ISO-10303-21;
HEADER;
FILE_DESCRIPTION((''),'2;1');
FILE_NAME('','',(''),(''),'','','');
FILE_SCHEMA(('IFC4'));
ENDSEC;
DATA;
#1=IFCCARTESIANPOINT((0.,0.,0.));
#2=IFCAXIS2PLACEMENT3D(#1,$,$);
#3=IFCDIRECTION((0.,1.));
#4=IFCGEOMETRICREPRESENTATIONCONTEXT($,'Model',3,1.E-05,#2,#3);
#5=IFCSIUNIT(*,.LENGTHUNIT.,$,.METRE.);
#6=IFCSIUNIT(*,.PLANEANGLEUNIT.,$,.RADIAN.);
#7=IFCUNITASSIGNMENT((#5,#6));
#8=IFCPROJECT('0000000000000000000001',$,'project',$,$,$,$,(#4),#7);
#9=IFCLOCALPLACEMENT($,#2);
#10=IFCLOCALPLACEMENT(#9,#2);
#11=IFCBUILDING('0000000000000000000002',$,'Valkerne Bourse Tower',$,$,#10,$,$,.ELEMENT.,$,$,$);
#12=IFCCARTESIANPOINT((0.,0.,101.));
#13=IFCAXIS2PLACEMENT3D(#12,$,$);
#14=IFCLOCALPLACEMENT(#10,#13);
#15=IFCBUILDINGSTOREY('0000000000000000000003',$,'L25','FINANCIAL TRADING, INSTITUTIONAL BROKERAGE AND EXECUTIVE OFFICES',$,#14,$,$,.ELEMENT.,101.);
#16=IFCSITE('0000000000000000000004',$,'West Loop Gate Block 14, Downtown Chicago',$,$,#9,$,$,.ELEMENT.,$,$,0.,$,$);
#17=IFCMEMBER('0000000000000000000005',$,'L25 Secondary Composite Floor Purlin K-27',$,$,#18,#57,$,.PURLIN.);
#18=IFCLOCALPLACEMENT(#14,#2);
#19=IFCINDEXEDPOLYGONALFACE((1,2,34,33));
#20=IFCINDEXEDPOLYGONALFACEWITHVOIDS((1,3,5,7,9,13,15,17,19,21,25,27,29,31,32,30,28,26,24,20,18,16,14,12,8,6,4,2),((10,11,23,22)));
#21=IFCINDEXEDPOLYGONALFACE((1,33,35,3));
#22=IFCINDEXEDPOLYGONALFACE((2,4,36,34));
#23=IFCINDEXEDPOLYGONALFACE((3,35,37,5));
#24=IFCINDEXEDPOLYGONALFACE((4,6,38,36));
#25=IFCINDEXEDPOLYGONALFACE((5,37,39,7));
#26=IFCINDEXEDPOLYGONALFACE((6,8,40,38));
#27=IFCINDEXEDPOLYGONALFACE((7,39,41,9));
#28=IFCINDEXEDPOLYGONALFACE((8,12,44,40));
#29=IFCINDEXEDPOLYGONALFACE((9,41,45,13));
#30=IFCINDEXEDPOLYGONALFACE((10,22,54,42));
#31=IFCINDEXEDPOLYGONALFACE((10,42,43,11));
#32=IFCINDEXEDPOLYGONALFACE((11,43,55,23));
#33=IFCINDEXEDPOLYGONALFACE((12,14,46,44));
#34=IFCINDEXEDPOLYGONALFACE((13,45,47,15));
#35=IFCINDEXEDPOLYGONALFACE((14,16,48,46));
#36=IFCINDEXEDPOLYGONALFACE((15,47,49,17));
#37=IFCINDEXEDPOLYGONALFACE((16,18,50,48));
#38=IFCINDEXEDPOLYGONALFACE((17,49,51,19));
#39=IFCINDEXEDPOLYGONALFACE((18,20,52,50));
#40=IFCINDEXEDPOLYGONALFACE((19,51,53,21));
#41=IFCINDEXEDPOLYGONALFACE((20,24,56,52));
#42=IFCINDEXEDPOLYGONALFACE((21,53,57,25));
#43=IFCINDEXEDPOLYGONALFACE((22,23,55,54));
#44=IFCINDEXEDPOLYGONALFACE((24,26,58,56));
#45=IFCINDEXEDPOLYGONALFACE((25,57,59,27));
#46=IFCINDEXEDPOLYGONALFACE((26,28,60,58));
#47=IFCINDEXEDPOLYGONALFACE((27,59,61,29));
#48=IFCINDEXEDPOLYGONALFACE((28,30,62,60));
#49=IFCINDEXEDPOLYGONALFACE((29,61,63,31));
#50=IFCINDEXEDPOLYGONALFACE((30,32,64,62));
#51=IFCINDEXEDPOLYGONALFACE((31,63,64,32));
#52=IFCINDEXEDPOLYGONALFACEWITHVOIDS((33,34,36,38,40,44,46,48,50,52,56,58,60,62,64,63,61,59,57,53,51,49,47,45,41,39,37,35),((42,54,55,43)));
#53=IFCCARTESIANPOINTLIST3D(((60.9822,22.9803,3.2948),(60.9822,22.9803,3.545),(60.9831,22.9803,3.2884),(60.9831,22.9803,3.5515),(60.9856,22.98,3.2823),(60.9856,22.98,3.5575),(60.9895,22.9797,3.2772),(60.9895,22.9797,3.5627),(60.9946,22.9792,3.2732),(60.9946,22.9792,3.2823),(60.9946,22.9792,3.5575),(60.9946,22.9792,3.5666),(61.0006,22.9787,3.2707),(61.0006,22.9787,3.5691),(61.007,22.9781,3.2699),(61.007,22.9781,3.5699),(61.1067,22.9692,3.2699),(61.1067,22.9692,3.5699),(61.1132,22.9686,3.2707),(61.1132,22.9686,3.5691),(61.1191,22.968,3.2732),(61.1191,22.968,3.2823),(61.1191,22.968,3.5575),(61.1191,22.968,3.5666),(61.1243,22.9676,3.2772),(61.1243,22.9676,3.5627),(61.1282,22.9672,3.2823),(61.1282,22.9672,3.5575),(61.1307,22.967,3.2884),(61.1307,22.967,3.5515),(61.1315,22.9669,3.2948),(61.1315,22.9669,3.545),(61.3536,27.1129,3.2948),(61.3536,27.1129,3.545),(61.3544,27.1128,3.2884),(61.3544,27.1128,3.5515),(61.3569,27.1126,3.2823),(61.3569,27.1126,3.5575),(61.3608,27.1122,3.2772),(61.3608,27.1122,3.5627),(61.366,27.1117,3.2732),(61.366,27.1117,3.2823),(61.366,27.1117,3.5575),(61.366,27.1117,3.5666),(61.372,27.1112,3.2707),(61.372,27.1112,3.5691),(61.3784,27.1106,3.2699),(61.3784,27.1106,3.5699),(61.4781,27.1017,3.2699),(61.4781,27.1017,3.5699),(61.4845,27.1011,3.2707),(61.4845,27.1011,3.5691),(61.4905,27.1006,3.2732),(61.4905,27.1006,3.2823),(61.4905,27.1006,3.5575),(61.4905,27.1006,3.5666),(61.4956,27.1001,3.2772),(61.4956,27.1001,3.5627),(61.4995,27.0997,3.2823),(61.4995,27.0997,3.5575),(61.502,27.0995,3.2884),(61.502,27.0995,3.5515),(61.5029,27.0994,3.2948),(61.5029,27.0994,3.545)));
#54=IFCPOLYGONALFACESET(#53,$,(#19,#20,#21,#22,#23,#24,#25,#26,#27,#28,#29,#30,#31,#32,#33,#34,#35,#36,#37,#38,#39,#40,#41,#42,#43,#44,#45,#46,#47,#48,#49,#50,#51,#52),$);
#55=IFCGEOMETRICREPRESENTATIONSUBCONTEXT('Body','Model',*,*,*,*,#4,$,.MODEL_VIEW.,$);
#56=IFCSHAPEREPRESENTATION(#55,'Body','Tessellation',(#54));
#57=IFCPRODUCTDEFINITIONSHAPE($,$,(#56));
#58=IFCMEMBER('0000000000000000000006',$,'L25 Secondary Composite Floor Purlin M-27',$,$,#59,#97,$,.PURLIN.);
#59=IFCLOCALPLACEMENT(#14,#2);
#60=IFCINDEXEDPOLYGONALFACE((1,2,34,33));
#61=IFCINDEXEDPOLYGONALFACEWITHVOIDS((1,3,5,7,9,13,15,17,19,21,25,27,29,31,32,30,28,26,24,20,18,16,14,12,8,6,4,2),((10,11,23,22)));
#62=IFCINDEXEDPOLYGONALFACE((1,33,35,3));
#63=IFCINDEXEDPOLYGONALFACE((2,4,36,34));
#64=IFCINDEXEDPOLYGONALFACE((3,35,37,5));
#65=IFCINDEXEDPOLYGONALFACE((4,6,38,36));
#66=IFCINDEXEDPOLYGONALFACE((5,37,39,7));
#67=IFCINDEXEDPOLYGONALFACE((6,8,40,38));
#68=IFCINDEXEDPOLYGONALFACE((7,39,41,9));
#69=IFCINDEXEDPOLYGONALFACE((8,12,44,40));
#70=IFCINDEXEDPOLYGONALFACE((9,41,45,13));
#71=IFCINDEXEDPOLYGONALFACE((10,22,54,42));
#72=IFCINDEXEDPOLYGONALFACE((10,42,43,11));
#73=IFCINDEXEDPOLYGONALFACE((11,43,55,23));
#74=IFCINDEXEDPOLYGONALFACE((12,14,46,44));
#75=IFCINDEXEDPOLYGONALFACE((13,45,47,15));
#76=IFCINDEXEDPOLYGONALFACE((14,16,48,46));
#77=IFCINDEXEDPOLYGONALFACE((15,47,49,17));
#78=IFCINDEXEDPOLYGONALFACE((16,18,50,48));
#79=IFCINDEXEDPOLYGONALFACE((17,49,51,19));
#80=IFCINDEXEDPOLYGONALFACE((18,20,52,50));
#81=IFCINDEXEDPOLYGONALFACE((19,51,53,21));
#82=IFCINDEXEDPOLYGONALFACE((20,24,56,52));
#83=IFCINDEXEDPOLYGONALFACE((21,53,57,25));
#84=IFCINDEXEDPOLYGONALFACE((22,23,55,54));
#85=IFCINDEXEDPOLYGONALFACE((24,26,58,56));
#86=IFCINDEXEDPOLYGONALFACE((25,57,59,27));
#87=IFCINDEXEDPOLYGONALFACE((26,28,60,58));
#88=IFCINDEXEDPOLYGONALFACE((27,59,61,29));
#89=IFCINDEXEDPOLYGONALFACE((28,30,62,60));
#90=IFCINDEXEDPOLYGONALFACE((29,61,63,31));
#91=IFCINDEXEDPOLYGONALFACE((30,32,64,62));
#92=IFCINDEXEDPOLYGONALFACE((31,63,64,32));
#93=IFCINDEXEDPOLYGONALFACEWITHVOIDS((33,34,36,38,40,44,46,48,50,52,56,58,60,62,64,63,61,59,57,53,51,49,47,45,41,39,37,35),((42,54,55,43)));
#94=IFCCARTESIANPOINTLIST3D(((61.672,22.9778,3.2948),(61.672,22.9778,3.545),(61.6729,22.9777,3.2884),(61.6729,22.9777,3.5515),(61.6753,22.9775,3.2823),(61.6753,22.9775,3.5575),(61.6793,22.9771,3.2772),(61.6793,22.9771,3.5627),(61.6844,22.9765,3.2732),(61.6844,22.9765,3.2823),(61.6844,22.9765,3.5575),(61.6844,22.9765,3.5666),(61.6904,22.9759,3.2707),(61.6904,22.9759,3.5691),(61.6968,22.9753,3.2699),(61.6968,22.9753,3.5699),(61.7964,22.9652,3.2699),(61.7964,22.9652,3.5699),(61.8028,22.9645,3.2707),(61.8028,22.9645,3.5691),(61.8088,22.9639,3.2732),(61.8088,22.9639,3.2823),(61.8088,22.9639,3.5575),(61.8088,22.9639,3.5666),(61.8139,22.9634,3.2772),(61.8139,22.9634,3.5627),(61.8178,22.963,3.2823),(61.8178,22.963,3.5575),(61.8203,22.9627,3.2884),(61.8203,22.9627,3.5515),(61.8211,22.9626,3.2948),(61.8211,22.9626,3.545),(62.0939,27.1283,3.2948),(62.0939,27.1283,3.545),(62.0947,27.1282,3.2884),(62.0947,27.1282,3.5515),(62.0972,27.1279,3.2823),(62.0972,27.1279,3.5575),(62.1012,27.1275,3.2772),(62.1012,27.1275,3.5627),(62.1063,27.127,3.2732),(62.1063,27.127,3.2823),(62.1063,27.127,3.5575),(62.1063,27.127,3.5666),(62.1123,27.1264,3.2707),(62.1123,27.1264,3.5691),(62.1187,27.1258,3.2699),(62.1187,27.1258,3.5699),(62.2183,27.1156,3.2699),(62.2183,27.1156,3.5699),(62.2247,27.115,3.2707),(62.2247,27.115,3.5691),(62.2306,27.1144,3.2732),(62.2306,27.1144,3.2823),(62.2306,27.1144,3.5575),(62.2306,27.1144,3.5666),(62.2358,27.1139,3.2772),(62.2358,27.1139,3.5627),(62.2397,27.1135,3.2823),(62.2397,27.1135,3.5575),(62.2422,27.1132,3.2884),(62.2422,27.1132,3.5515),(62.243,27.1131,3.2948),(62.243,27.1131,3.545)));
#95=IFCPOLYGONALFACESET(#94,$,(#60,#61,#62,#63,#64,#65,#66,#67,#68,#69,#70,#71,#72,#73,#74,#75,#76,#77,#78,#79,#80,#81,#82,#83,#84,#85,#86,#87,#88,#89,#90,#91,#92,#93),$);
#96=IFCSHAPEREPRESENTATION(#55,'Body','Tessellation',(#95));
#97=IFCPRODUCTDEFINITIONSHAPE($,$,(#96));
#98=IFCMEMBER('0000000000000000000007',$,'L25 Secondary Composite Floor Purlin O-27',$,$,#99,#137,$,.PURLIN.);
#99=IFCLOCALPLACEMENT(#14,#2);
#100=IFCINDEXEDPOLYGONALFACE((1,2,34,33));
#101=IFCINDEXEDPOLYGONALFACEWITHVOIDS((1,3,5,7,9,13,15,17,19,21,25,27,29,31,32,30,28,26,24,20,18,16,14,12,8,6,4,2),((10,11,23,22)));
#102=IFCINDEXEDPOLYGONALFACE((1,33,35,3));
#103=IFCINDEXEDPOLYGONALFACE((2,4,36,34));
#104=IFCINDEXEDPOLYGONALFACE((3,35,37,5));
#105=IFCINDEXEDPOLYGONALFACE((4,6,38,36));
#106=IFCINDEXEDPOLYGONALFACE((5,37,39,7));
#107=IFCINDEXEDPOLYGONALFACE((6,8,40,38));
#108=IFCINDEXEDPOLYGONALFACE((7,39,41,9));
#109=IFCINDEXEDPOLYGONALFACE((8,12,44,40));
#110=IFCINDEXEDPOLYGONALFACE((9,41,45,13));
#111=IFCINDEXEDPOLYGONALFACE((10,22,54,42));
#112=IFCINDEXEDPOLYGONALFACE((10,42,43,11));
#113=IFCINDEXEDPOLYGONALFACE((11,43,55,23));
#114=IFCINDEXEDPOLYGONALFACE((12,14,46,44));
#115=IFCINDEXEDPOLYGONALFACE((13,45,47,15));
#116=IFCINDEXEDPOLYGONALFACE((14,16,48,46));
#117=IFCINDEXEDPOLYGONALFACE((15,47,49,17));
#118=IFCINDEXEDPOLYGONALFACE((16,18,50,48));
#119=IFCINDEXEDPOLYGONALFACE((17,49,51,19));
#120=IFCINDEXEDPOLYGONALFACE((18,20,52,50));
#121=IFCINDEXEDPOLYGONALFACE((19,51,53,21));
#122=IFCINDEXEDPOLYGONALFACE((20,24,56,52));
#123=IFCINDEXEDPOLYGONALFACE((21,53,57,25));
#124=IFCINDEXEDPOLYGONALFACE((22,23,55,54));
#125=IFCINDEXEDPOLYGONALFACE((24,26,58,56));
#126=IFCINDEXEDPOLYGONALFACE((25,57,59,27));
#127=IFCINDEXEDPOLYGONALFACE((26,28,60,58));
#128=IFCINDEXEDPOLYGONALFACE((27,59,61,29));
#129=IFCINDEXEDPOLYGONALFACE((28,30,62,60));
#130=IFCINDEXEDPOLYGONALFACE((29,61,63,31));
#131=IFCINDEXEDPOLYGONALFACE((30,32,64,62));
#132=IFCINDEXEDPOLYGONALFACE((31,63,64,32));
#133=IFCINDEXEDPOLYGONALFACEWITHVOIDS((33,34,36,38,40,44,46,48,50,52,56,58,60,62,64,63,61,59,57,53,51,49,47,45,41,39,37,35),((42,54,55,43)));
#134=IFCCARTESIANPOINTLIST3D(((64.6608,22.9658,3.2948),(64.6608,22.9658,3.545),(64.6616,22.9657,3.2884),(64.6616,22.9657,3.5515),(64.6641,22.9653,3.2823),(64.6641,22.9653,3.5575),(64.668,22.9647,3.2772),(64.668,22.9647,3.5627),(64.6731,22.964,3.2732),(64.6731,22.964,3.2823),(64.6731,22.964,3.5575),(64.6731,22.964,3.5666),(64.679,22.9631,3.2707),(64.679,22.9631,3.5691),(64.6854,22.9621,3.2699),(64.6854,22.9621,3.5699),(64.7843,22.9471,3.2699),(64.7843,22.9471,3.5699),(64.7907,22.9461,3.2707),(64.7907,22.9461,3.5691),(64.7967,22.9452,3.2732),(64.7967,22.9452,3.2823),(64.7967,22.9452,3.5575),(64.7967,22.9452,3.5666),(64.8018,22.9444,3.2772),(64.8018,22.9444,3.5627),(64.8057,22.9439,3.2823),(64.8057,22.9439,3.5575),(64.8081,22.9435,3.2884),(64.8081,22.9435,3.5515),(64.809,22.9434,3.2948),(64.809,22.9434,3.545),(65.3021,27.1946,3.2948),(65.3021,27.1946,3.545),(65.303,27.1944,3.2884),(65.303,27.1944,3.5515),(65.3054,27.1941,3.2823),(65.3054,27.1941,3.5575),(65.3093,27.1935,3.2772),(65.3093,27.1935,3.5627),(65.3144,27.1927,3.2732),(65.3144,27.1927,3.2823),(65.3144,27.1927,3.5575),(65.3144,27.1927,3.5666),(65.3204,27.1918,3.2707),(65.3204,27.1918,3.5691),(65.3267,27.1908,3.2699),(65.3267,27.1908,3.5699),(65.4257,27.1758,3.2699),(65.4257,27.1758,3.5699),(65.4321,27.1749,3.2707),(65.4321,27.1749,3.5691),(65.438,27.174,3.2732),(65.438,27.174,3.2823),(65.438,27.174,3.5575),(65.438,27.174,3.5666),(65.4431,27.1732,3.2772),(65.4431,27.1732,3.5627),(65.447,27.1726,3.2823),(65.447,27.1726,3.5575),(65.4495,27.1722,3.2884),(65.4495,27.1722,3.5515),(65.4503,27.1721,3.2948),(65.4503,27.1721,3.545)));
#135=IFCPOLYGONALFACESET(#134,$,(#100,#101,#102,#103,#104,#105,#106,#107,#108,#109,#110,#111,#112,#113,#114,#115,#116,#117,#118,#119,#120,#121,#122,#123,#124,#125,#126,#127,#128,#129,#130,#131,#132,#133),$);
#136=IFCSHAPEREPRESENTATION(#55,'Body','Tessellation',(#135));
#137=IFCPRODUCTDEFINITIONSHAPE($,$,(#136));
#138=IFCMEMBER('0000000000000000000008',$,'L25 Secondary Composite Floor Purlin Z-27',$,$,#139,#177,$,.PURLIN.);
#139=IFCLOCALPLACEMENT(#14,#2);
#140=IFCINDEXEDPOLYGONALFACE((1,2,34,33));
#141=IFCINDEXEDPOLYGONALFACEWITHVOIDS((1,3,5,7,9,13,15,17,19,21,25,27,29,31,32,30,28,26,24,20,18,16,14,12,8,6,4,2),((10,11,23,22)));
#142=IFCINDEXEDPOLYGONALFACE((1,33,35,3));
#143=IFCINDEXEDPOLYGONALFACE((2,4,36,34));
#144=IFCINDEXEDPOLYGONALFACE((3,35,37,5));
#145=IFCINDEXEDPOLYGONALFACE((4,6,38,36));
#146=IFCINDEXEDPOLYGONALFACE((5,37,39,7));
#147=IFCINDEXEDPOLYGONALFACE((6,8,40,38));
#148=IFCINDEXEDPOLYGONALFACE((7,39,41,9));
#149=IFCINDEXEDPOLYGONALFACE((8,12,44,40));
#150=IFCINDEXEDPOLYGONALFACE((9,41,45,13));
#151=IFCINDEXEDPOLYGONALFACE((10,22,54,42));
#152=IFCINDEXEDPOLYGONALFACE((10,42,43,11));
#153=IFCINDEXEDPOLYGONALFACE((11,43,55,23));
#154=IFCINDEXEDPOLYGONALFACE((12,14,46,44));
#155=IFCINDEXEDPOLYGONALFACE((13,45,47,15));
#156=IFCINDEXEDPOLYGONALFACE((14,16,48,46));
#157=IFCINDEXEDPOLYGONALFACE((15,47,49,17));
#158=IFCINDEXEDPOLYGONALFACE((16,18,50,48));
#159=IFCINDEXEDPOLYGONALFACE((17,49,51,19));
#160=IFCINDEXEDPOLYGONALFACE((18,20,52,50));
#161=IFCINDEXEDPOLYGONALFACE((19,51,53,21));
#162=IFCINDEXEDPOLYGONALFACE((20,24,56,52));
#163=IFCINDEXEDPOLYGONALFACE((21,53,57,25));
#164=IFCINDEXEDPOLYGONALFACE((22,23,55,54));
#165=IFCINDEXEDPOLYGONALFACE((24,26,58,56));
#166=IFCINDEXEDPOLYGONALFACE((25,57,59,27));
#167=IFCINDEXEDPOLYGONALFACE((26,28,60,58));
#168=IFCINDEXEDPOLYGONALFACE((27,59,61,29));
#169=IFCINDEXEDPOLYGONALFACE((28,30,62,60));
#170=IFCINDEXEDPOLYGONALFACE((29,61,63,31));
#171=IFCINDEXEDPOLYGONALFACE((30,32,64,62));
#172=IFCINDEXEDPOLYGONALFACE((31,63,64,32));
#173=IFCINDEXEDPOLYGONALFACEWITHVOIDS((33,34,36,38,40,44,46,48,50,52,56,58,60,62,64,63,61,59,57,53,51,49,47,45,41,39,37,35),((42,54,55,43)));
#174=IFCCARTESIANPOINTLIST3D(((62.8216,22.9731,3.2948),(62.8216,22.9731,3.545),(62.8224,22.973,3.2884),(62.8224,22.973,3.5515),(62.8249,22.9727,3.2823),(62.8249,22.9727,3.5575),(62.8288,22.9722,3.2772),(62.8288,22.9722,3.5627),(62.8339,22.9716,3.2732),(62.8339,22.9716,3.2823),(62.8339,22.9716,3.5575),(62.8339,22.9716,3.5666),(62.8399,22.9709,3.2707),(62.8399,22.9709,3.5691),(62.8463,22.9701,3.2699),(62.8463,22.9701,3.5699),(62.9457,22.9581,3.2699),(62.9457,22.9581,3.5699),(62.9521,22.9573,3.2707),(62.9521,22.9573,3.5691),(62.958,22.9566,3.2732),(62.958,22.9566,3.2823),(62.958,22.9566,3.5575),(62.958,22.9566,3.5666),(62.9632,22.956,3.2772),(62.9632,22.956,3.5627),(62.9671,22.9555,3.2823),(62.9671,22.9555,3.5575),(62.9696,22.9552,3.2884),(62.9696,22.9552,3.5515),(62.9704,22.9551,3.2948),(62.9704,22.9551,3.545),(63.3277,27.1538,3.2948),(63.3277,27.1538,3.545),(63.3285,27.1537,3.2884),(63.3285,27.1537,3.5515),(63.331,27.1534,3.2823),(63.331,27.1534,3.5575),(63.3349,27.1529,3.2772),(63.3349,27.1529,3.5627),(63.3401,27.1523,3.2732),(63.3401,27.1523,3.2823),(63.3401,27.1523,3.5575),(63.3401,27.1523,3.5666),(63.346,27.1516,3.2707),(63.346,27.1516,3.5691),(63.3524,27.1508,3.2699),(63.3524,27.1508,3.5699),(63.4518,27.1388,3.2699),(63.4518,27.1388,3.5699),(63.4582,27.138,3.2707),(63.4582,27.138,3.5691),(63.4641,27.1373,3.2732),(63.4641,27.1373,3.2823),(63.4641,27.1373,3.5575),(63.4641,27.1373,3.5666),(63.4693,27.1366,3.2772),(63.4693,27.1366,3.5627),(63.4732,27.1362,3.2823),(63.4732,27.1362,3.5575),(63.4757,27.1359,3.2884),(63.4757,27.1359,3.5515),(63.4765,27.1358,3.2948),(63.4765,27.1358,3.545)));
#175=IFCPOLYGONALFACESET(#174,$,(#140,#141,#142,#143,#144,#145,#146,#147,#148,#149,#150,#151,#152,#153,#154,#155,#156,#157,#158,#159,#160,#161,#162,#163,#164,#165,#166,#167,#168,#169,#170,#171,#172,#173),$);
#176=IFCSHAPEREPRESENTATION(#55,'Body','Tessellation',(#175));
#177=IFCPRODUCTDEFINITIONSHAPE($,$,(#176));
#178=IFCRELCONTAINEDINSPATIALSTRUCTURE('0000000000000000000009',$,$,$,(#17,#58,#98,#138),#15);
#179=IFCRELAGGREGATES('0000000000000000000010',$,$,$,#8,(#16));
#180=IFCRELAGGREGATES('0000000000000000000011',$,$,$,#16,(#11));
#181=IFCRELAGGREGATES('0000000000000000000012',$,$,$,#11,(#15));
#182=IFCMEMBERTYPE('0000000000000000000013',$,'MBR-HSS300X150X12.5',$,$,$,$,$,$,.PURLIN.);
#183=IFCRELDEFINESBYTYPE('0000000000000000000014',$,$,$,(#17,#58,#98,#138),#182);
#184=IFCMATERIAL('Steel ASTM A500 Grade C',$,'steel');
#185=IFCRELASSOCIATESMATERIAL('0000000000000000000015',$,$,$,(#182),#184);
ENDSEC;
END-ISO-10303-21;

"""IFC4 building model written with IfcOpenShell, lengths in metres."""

from ifc_helpers import new_model, si_unit, direction, frame, origin, origin_2d, place, context, subcontext, project, spatial, hollow_rectangle, extrude, material, material_profile, profile_set, type_object, element, save


model = new_model("IFC4")

# Units and contexts
model_context = context("Model", 3, precision=1e-05, world=origin(), true_north=direction((0.0, 1.0)))
body_context = subcontext(model_context, "Body", "Model", "MODEL_VIEW")
ifc_project = project(units=[si_unit("LENGTHUNIT", "METRE"), si_unit("PLANEANGLEUNIT", "RADIAN")], contexts=[model_context])

# Site, building, storey
site_placement = place(None, origin())
site = spatial("IfcSite", under=ifc_project, at=site_placement, Name="West Loop Gate Block 14, Downtown Chicago", CompositionType="ELEMENT", RefElevation=0.0)
building_placement = place(site_placement, origin())
building = spatial("IfcBuilding", under=site, at=building_placement, Name="Valkerne Bourse Tower", CompositionType="ELEMENT")
storey_placement = place(building_placement, frame((0.0, 0.0, 101.0)))
storey = spatial("IfcBuildingStorey", under=building, at=storey_placement, Name="L25", Description="FINANCIAL TRADING, INSTITUTIONAL BROKERAGE AND EXECUTIVE OFFICES", CompositionType="ELEMENT", Elevation=101.0)

# Members
ifc_material_1 = material(Name="Steel ASTM A500 Grade C", Category="steel")
ifc_material_profile_1 = material_profile(ifc_material_1, hollow_rectangle(XDim=0.1499, YDim=0.3, WallThickness=0.0125, OuterFilletRadius=0.0249, at=origin_2d()), Name="HSS300X150X12.5")
ifc_profile_set_1 = profile_set([ifc_material_profile_1], Name="Steel ASTM A500 Grade C")
member_type_1 = type_object("IfcMemberType", Name="MBR-HSS300X150X12.5", PredefinedType="PURLIN", material=ifc_profile_set_1)
member_1_placement = place(storey_placement, frame((61.0569, 22.9736, 3.4199), z_axis=(0.089496, 0.995987, 0.0), x_axis=(-0.995987, 0.089496, 0.0)))
element("IfcMember", 1, at=member_1_placement, inside=storey, type_object=member_type_1, Name="L25 Secondary Composite Floor Purlin K-27", PredefinedType="PURLIN", context=body_context, shape_type="SweptSolid", body=[
    extrude(hollow_rectangle(XDim=0.1499, YDim=0.3, WallThickness=0.0125, OuterFilletRadius=0.0249, at=origin_2d()), origin(), (0.0, 0.0, 1.0), 4.1492),
])
member_2_placement = place(storey_placement, frame((61.7466, 22.9702, 3.4199), z_axis=(0.101126, 0.994874, 0.0), x_axis=(-0.994874, 0.101126, 0.0)))
element("IfcMember", 2, at=member_2_placement, inside=storey, type_object=member_type_1, Name="L25 Secondary Composite Floor Purlin M-27", PredefinedType="PURLIN", context=body_context, shape_type="SweptSolid", body=[
    extrude(hollow_rectangle(XDim=0.1499, YDim=0.3, WallThickness=0.0125, OuterFilletRadius=0.0249, at=origin_2d()), origin(), (0.0, 0.0, 1.0), 4.1719),
])
member_3_placement = place(storey_placement, frame((64.7349, 22.9546, 3.4199), z_axis=(0.149951, 0.988693, 0.0), x_axis=(-0.988693, 0.149951, 0.0)))
element("IfcMember", 3, at=member_3_placement, inside=storey, type_object=member_type_1, Name="L25 Secondary Composite Floor Purlin O-27", PredefinedType="PURLIN", context=body_context, shape_type="SweptSolid", body=[
    extrude(hollow_rectangle(XDim=0.1499, YDim=0.3, WallThickness=0.0125, OuterFilletRadius=0.0249, at=origin_2d()), origin(), (0.0, 0.0, 1.0), 4.2771),
])
member_4_placement = place(storey_placement, frame((62.896, 22.9641, 3.4199), z_axis=(0.120181, 0.992752, 0.0), x_axis=(-0.992752, 0.120181, 0.0)))
element("IfcMember", 4, at=member_4_placement, inside=storey, type_object=member_type_1, Name="L25 Secondary Composite Floor Purlin Z-27", PredefinedType="PURLIN", context=body_context, shape_type="SweptSolid", body=[
    extrude(hollow_rectangle(XDim=0.1499, YDim=0.3, WallThickness=0.0125, OuterFilletRadius=0.0249, at=origin_2d()), origin(), (0.0, 0.0, 1.0), 4.2112),
])

save(model, "model.ifc")
